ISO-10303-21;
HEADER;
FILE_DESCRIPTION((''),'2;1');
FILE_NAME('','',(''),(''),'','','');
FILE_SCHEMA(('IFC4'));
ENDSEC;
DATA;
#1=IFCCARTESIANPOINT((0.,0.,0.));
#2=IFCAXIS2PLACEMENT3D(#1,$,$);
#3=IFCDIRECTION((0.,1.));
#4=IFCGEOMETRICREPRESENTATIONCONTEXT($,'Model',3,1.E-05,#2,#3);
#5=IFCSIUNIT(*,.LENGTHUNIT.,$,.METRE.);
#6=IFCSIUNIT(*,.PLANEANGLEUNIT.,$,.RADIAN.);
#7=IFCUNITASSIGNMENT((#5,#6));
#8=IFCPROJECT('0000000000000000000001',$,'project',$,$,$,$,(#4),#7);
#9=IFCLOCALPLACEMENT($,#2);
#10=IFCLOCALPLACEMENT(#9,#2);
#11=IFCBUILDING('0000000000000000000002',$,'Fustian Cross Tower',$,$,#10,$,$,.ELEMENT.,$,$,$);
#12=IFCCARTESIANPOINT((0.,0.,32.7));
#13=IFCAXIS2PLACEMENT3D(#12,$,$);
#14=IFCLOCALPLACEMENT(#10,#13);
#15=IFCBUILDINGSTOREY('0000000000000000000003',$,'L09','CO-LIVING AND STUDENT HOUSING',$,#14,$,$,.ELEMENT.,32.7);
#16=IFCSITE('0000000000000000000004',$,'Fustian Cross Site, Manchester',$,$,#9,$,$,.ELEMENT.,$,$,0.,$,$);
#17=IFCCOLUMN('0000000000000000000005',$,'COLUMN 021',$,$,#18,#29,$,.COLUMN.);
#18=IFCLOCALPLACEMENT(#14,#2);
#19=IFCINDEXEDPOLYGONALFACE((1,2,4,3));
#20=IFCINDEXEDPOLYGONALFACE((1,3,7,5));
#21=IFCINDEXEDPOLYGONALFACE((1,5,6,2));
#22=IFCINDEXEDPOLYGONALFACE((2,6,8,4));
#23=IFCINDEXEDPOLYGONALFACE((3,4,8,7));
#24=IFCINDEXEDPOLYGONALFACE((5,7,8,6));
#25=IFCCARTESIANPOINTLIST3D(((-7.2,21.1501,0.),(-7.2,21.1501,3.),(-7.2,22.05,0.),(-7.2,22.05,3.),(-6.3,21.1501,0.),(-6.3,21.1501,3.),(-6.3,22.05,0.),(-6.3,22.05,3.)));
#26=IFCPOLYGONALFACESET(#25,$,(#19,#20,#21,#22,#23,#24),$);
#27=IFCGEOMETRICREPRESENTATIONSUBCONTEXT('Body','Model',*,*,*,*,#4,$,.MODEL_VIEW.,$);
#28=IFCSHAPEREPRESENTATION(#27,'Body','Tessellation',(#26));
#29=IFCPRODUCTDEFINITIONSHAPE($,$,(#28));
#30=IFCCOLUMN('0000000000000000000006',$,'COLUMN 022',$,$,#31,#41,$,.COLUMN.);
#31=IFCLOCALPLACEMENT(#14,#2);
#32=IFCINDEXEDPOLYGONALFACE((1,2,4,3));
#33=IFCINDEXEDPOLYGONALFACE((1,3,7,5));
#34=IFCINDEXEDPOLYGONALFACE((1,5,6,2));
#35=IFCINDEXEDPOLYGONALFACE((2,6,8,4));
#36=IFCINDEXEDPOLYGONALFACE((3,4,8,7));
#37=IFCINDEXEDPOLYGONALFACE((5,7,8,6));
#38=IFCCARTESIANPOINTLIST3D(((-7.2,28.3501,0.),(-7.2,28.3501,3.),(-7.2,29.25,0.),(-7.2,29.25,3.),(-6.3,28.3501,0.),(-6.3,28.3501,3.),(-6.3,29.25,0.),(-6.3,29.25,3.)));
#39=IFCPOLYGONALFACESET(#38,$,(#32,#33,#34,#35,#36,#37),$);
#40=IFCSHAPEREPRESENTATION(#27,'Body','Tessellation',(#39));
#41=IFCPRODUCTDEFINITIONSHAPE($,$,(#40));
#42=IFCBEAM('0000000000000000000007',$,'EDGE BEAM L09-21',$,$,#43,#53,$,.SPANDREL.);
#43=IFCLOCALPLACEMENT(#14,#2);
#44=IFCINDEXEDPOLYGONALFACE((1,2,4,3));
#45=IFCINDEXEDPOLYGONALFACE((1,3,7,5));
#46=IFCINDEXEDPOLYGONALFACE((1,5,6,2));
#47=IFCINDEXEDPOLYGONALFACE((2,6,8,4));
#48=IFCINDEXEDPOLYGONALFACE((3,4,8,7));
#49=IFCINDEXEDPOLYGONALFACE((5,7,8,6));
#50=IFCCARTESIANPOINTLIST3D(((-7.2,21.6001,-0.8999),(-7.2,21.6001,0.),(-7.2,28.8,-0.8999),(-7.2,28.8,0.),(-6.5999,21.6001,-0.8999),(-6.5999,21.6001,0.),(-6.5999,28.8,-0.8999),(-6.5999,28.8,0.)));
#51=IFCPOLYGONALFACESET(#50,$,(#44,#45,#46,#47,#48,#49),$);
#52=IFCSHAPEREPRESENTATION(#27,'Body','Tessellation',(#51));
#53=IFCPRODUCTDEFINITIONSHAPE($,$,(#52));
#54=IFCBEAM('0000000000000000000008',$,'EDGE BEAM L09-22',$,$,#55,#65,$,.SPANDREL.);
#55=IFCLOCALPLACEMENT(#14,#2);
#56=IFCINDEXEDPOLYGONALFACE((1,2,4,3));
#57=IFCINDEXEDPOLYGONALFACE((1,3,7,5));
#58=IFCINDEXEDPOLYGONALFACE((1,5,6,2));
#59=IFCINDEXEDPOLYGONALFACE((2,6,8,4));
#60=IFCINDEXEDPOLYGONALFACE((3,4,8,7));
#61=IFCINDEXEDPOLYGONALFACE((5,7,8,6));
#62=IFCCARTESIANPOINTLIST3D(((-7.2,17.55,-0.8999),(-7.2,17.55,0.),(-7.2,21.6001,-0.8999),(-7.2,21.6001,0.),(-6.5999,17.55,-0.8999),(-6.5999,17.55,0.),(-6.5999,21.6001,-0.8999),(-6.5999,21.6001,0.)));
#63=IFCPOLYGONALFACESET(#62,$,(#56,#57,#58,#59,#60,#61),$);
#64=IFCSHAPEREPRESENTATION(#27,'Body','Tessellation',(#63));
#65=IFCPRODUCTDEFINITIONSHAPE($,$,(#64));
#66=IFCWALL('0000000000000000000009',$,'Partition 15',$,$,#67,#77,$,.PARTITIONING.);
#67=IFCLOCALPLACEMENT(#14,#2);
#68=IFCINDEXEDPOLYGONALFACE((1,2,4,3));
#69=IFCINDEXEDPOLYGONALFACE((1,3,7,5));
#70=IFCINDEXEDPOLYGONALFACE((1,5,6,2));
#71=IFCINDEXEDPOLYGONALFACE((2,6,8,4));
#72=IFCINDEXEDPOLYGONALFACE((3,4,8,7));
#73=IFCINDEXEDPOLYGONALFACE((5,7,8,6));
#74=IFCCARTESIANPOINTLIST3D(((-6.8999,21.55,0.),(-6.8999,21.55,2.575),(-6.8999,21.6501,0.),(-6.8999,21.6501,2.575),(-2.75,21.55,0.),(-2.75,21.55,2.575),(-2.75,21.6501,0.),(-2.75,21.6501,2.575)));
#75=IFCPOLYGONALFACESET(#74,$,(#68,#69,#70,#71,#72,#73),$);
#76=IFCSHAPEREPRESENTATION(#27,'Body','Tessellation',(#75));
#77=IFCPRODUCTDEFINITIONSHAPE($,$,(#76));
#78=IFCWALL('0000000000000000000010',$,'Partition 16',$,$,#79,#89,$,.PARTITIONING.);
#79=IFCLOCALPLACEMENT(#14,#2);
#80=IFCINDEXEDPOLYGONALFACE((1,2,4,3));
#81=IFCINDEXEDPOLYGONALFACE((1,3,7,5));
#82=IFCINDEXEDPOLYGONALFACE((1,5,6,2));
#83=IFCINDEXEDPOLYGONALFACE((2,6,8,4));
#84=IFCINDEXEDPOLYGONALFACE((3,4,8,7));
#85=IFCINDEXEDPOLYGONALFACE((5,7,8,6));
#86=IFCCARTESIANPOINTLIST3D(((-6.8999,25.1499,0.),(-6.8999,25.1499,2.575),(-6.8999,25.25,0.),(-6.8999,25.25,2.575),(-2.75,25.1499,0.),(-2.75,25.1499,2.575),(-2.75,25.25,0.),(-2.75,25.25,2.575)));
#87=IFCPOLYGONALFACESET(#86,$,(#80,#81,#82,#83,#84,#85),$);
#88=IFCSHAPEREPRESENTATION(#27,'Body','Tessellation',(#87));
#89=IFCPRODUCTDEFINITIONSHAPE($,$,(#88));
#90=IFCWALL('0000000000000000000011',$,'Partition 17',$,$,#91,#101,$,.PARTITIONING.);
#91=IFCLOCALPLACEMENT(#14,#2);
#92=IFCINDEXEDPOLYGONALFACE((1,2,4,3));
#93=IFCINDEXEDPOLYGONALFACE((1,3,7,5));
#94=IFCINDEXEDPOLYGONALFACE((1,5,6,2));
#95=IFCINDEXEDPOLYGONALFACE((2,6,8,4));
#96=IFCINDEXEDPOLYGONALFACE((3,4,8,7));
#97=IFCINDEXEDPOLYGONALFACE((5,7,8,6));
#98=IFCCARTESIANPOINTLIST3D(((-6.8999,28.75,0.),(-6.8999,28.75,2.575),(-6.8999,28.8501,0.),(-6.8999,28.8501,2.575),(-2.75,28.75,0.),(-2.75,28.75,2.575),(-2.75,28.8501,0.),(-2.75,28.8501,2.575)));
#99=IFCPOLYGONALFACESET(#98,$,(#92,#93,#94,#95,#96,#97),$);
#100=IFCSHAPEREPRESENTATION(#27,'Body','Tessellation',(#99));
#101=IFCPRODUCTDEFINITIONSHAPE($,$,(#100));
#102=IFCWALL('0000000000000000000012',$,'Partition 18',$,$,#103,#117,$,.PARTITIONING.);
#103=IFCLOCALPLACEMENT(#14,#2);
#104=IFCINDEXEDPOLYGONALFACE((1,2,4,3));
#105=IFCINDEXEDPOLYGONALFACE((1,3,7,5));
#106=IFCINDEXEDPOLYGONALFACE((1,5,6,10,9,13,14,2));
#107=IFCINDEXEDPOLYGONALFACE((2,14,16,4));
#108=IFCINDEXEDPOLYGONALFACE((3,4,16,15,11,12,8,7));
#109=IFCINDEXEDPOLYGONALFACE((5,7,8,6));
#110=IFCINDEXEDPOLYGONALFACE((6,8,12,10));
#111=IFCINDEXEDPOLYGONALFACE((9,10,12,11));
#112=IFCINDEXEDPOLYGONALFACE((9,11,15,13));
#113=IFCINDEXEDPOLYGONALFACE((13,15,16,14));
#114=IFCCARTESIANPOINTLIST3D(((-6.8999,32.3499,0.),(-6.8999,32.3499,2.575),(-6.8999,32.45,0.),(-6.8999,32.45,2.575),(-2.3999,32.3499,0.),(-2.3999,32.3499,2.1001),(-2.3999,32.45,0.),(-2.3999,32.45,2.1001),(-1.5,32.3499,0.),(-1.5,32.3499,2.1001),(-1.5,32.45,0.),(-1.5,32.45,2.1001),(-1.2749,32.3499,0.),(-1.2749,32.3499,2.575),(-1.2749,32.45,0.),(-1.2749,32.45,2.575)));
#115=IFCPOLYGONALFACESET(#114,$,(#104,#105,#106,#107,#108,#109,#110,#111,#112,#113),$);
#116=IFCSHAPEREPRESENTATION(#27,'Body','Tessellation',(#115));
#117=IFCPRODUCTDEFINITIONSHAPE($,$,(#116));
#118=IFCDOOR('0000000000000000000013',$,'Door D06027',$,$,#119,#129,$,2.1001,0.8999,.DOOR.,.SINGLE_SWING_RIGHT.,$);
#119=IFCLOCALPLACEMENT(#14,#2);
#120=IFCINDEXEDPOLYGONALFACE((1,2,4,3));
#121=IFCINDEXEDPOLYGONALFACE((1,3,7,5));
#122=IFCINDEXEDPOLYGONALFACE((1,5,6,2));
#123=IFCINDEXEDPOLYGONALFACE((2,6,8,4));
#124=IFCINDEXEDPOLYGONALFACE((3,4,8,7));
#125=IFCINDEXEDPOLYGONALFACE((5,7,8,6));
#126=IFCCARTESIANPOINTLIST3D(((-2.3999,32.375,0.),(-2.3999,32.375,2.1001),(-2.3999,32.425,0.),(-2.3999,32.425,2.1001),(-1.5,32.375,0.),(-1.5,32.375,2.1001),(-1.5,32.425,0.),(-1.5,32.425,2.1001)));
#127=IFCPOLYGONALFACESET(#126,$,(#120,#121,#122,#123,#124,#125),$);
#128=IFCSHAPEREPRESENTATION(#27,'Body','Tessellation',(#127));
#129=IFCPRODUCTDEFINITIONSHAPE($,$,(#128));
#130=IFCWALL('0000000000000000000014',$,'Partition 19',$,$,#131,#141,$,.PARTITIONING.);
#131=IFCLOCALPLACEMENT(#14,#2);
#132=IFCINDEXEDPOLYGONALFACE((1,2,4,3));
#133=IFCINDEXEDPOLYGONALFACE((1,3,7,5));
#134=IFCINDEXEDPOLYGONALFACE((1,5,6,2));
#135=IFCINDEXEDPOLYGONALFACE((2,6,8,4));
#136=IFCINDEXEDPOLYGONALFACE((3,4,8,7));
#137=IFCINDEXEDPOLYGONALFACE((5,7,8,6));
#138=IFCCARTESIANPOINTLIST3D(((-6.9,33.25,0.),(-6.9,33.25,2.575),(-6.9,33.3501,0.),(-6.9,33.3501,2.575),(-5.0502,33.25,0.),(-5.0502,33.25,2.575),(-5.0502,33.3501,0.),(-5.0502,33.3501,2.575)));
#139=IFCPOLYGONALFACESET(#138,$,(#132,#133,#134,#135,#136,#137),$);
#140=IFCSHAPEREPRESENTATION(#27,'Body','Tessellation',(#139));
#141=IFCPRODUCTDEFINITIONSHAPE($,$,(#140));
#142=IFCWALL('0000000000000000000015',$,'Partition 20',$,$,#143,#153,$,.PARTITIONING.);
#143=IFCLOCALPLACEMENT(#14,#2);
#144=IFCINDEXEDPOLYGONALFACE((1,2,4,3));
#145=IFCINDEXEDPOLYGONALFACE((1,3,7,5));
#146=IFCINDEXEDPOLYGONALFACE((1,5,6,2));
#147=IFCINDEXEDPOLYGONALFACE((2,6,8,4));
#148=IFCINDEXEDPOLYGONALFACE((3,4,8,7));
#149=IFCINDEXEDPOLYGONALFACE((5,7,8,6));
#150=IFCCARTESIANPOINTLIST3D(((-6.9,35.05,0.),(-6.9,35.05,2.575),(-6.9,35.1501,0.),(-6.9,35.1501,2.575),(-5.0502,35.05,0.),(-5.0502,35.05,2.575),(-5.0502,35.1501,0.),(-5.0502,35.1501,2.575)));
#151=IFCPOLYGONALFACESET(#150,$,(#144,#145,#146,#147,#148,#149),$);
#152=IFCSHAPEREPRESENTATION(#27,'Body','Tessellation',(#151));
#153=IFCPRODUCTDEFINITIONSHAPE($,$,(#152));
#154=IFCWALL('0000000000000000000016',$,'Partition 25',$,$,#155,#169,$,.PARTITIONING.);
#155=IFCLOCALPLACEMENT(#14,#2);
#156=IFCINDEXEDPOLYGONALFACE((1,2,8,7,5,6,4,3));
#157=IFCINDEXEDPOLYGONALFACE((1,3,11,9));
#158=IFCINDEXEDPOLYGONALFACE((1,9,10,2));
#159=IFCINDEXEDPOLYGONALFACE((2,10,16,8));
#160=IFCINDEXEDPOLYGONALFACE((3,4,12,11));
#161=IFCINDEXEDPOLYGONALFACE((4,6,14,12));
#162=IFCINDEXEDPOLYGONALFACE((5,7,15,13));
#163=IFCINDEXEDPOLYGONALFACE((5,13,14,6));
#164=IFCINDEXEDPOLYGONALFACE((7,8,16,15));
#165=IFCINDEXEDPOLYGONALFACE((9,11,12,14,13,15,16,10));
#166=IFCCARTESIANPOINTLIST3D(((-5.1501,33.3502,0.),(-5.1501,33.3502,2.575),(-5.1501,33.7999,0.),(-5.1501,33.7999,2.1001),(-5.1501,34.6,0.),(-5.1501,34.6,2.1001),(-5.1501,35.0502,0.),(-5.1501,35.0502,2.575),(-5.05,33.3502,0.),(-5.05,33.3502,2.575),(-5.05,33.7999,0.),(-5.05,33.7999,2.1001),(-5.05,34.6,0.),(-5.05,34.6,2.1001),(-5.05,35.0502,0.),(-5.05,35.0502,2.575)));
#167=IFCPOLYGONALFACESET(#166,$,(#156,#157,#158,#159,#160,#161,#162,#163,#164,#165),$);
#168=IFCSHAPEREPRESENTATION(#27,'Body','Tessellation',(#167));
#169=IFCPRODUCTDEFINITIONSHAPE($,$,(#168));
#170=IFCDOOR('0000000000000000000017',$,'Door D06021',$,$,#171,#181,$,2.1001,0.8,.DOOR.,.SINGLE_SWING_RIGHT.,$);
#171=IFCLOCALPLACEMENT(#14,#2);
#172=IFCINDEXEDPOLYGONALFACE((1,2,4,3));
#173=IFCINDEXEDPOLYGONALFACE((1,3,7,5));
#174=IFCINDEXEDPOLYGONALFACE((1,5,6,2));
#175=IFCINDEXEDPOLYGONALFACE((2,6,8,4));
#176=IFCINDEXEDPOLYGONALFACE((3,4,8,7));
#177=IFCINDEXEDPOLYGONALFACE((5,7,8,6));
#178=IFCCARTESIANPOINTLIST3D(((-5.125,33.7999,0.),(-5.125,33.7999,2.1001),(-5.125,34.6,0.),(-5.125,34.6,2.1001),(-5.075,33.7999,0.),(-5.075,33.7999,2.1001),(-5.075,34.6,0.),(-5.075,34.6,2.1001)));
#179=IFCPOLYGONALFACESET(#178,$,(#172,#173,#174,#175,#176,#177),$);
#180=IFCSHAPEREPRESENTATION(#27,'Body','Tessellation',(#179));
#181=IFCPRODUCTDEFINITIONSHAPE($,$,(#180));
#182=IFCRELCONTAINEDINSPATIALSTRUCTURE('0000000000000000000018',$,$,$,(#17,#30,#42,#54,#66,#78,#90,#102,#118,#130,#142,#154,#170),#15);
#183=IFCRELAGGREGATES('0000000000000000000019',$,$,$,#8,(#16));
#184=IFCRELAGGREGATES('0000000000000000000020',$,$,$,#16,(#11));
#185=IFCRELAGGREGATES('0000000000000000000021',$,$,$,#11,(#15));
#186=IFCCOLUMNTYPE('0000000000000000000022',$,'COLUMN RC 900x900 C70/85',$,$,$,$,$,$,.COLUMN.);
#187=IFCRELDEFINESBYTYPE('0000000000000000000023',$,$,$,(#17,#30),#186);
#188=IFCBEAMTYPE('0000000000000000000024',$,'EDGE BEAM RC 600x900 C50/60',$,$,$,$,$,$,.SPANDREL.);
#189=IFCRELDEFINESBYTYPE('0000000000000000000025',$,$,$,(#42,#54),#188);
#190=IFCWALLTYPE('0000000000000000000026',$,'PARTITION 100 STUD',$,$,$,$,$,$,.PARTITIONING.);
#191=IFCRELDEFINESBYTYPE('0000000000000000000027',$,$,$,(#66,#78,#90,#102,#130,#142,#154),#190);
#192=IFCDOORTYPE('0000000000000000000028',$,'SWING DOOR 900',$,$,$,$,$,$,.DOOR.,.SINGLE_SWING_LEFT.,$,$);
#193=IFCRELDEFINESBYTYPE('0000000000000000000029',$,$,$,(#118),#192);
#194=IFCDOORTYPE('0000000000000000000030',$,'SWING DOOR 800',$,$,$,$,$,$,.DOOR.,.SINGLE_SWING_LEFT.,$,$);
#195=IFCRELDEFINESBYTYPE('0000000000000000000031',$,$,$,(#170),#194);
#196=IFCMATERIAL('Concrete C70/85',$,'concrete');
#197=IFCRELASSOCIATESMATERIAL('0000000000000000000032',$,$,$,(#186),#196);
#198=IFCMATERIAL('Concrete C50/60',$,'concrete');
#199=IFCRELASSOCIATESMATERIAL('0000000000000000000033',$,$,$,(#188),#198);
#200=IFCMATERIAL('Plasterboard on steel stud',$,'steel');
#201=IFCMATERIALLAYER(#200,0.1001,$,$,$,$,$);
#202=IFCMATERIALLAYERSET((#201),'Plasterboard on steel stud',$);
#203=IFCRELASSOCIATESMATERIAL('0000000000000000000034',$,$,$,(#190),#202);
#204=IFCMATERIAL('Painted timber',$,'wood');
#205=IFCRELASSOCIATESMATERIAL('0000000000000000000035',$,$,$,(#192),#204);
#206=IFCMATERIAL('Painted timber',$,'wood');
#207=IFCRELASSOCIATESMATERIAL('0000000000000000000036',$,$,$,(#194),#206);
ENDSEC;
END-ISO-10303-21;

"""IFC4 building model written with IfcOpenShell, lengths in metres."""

from ifc_helpers import new_model, si_unit, direction, frame, frame_2d, origin, origin_2d, place, context, subcontext, project, spatial, rectangle, extrude, material, layer, layer_set, material_profile, profile_set, type_object, element, fill, save


model = new_model("IFC4")

# Units and contexts
model_context = context("Model", 3, precision=1e-05, world=origin(), true_north=direction((0.0, 1.0)))
body_context = subcontext(model_context, "Body", "Model", "MODEL_VIEW")
ifc_project = project(units=[si_unit("LENGTHUNIT", "METRE"), si_unit("PLANEANGLEUNIT", "RADIAN")], contexts=[model_context])

# Site, building, storey
site_placement = place(None, origin())
site = spatial("IfcSite", under=ifc_project, at=site_placement, Name="Fustian Cross Site, Manchester", CompositionType="ELEMENT", RefElevation=0.0)
building_placement = place(site_placement, origin())
building = spatial("IfcBuilding", under=site, at=building_placement, Name="Fustian Cross Tower", CompositionType="ELEMENT")
storey_placement = place(building_placement, frame((0.0, 0.0, 32.7)))
storey = spatial("IfcBuildingStorey", under=building, at=storey_placement, Name="L09", Description="CO-LIVING AND STUDENT HOUSING", CompositionType="ELEMENT", Elevation=32.7)

# Columns
ifc_material_1 = material(Name="Concrete C70/85", Category="concrete")
ifc_material_profile_1 = material_profile(ifc_material_1, rectangle(XDim=0.8999, YDim=0.8999, at=origin_2d()), Name="RC 900x900")
ifc_profile_set_1 = profile_set([ifc_material_profile_1], Name="Concrete C70/85")
column_type = type_object("IfcColumnType", Name="COLUMN RC 900x900 C70/85", PredefinedType="COLUMN", material=ifc_profile_set_1)
for number, where, z_axis, x_axis, name in (
    (1, (-6.75, 21.6001, 0.0), (0.0, 0.0, 1.0), (1.0, 0.0, 0.0), "COLUMN 021"),
    (2, (-6.75, 28.8, 0.0), (0.0, 0.0, 1.0), (1.0, 0.0, 0.0), "COLUMN 022"),
):
    element("IfcColumn", number, at=place(storey_placement, frame(where, z_axis=z_axis, x_axis=x_axis)), inside=storey, type_object=column_type, Name=name, PredefinedType="COLUMN", context=body_context, shape_type="SweptSolid", body=[
        extrude(rectangle(XDim=0.8999, YDim=0.8999, at=origin_2d()), origin(), (0.0, 0.0, 1.0), 3.0),
    ])

# Beams
ifc_material_2 = material(Name="Concrete C50/60", Category="concrete")
ifc_material_profile_2 = material_profile(ifc_material_2, rectangle(XDim=0.6001, YDim=0.8999, at=origin_2d()), Name="RC 600x900")
ifc_profile_set_2 = profile_set([ifc_material_profile_2], Name="Concrete C50/60")
beam_type = type_object("IfcBeamType", Name="EDGE BEAM RC 600x900 C50/60", PredefinedType="SPANDREL", material=ifc_profile_set_2)
beam_1_placement = place(storey_placement, frame((-6.8999, 28.8, -0.45), z_axis=(0.0, -1.0, 0.0), x_axis=(1.0, 0.0, 0.0)))
element("IfcBeam", 3, at=beam_1_placement, inside=storey, type_object=beam_type, Name="EDGE BEAM L09-21", PredefinedType="SPANDREL", context=body_context, shape_type="SweptSolid", body=[
    extrude(rectangle(XDim=0.6001, YDim=0.8999, at=origin_2d()), origin(), (0.0, 0.0, 1.0), 7.2),
])
beam_2_placement = place(storey_placement, frame((-6.8999, 21.6001, -0.45), z_axis=(0.0, -1.0, 0.0), x_axis=(1.0, 0.0, 0.0)))
element("IfcBeam", 4, at=beam_2_placement, inside=storey, type_object=beam_type, Name="EDGE BEAM L09-22", PredefinedType="SPANDREL", context=body_context, shape_type="SweptSolid", body=[
    extrude(rectangle(XDim=0.6001, YDim=0.8999, at=origin_2d()), origin(), (0.0, 0.0, 1.0), 4.05),
])

# Walls
ifc_material_3 = material(Name="Plasterboard on steel stud", Category="steel")
ifc_layer_1 = layer(ifc_material_3, 0.1001)
ifc_layer_set_1 = layer_set([ifc_layer_1], Name="Plasterboard on steel stud")
wall_type_1 = type_object("IfcWallType", Name="PARTITION 100 STUD", PredefinedType="PARTITIONING", material=ifc_layer_set_1)
for number, where, z_axis, x_axis, name in (
    (5, (-6.8999, 21.6001, 0.0), (0.0, 0.0, 1.0), (1.0, 0.0, 0.0), "Partition 15"),
    (6, (-6.8999, 25.2, 0.0), (0.0, 0.0, 1.0), (1.0, 0.0, 0.0), "Partition 16"),
    (7, (-6.8999, 28.8, 0.0), (0.0, 0.0, 1.0), (1.0, 0.0, 0.0), "Partition 17"),
):
    element("IfcWall", number, at=place(storey_placement, frame(where, z_axis=z_axis, x_axis=x_axis)), inside=storey, type_object=wall_type_1, Name=name, PredefinedType="PARTITIONING", context=body_context, shape_type="SweptSolid", body=[
        extrude(rectangle(XDim=4.1499, YDim=0.1001, at=frame_2d((2.075, 0.0))), origin(), (0.0, 0.0, 1.0), 2.575),
    ])

# Wall, opening, door
wall_1_placement = place(storey_placement, frame((-6.8999, 32.3999, 0.0), z_axis=(0.0, 0.0, 1.0), x_axis=(1.0, 0.0, 0.0)))
wall_1 = element("IfcWall", 8, at=wall_1_placement, inside=storey, type_object=wall_type_1, Name="Partition 18", PredefinedType="PARTITIONING", context=body_context, shape_type="SweptSolid", body=[
    extrude(rectangle(XDim=5.625, YDim=0.1001, at=frame_2d((2.8125, 0.0))), origin(), (0.0, 0.0, 1.0), 2.575),
])
opening_1_placement = place(wall_1_placement, frame((4.5, 0.0, 0.0)))
opening_1 = element("IfcOpeningElement", 9, at=opening_1_placement, cuts=wall_1, PredefinedType="OPENING", context=body_context, shape_type="SweptSolid", body=[
    extrude(rectangle(XDim=0.8999, YDim=2.1001, at=frame_2d((0.45, 1.05))), frame((0.0, 0.0601, 0.0), z_axis=(0.0, -1.0, 0.0), x_axis=(1.0, 0.0, 0.0)), (0.0, 0.0, 1.0), 0.1201),
])
ifc_material_4 = material(Name="Painted timber", Category="wood")
door_type_1 = type_object("IfcDoorType", Name="SWING DOOR 900", OperationType="SINGLE_SWING_LEFT", PredefinedType="DOOR", material=ifc_material_4)
door_1_placement = place(opening_1_placement, frame((0.8999, 0.0, 0.0), z_axis=(0.0, 0.0, 1.0), x_axis=(-1.0, 0.0, 0.0)))
door_1 = element("IfcDoor", 10, at=door_1_placement, inside=storey, type_object=door_type_1, Name="Door D06027", OperationType="SINGLE_SWING_RIGHT", OverallHeight=2.1001, OverallWidth=0.8999, PredefinedType="DOOR", context=body_context, shape_type="SweptSolid", body=[
    extrude(rectangle(XDim=0.8999, YDim=2.1001, at=frame_2d((0.45, 1.05))), frame((0.0, 0.0249, 0.0), z_axis=(0.0, -1.0, 0.0), x_axis=(1.0, 0.0, 0.0)), (0.0, 0.0, 1.0), 0.05),
])
fill(opening_1, door_1)

# Walls
for number, where, z_axis, x_axis, name in (
    (11, (-6.8999, 33.3, 0.0), (0.0, 0.0, 1.0), (1.0, 0.0, 0.0), "Partition 19"),
    (12, (-6.8999, 35.1001, 0.0), (0.0, 0.0, 1.0), (1.0, 0.0, 0.0), "Partition 20"),
):
    element("IfcWall", number, at=place(storey_placement, frame(where, z_axis=z_axis, x_axis=x_axis)), inside=storey, type_object=wall_type_1, Name=name, PredefinedType="PARTITIONING", context=body_context, shape_type="SweptSolid", body=[
        extrude(rectangle(XDim=1.8499, YDim=0.1001, at=frame_2d((0.9248, 0.0))), origin(), (0.0, 0.0, 1.0), 2.575),
    ])

# Wall, opening, door
wall_2_placement = place(storey_placement, frame((-5.1001, 33.3501, 0.0), z_axis=(0.0, 0.0, 1.0), x_axis=(0.0, 1.0, 0.0)))
wall_2 = element("IfcWall", 13, at=wall_2_placement, inside=storey, type_object=wall_type_1, Name="Partition 25", PredefinedType="PARTITIONING", context=body_context, shape_type="SweptSolid", body=[
    extrude(rectangle(XDim=1.7, YDim=0.1001, at=frame_2d((0.8501, 0.0))), origin(), (0.0, 0.0, 1.0), 2.575),
])
opening_2_placement = place(wall_2_placement, frame((0.45, 0.0, 0.0)))
opening_2 = element("IfcOpeningElement", 14, at=opening_2_placement, cuts=wall_2, PredefinedType="OPENING", context=body_context, shape_type="SweptSolid", body=[
    extrude(rectangle(XDim=0.8, YDim=2.1001, at=frame_2d((0.3999, 1.05))), frame((0.0, 0.0601, 0.0), z_axis=(0.0, -1.0, 0.0), x_axis=(1.0, 0.0, 0.0)), (0.0, 0.0, 1.0), 0.1201),
])
ifc_material_5 = material(Name="Painted timber", Category="wood")
door_type_2 = type_object("IfcDoorType", Name="SWING DOOR 800", OperationType="SINGLE_SWING_LEFT", PredefinedType="DOOR", material=ifc_material_5)
door_2_placement = place(opening_2_placement, origin())
door_2 = element("IfcDoor", 15, at=door_2_placement, inside=storey, type_object=door_type_2, Name="Door D06021", OperationType="SINGLE_SWING_RIGHT", OverallHeight=2.1001, OverallWidth=0.8, PredefinedType="DOOR", context=body_context, shape_type="SweptSolid", body=[
    extrude(rectangle(XDim=0.8, YDim=2.1001, at=frame_2d((0.3999, 1.05))), frame((0.0, 0.0249, 0.0), z_axis=(0.0, -1.0, 0.0), x_axis=(1.0, 0.0, 0.0)), (0.0, 0.0, 1.0), 0.05),
])
fill(opening_2, door_2)

save(model, "model.ifc")
